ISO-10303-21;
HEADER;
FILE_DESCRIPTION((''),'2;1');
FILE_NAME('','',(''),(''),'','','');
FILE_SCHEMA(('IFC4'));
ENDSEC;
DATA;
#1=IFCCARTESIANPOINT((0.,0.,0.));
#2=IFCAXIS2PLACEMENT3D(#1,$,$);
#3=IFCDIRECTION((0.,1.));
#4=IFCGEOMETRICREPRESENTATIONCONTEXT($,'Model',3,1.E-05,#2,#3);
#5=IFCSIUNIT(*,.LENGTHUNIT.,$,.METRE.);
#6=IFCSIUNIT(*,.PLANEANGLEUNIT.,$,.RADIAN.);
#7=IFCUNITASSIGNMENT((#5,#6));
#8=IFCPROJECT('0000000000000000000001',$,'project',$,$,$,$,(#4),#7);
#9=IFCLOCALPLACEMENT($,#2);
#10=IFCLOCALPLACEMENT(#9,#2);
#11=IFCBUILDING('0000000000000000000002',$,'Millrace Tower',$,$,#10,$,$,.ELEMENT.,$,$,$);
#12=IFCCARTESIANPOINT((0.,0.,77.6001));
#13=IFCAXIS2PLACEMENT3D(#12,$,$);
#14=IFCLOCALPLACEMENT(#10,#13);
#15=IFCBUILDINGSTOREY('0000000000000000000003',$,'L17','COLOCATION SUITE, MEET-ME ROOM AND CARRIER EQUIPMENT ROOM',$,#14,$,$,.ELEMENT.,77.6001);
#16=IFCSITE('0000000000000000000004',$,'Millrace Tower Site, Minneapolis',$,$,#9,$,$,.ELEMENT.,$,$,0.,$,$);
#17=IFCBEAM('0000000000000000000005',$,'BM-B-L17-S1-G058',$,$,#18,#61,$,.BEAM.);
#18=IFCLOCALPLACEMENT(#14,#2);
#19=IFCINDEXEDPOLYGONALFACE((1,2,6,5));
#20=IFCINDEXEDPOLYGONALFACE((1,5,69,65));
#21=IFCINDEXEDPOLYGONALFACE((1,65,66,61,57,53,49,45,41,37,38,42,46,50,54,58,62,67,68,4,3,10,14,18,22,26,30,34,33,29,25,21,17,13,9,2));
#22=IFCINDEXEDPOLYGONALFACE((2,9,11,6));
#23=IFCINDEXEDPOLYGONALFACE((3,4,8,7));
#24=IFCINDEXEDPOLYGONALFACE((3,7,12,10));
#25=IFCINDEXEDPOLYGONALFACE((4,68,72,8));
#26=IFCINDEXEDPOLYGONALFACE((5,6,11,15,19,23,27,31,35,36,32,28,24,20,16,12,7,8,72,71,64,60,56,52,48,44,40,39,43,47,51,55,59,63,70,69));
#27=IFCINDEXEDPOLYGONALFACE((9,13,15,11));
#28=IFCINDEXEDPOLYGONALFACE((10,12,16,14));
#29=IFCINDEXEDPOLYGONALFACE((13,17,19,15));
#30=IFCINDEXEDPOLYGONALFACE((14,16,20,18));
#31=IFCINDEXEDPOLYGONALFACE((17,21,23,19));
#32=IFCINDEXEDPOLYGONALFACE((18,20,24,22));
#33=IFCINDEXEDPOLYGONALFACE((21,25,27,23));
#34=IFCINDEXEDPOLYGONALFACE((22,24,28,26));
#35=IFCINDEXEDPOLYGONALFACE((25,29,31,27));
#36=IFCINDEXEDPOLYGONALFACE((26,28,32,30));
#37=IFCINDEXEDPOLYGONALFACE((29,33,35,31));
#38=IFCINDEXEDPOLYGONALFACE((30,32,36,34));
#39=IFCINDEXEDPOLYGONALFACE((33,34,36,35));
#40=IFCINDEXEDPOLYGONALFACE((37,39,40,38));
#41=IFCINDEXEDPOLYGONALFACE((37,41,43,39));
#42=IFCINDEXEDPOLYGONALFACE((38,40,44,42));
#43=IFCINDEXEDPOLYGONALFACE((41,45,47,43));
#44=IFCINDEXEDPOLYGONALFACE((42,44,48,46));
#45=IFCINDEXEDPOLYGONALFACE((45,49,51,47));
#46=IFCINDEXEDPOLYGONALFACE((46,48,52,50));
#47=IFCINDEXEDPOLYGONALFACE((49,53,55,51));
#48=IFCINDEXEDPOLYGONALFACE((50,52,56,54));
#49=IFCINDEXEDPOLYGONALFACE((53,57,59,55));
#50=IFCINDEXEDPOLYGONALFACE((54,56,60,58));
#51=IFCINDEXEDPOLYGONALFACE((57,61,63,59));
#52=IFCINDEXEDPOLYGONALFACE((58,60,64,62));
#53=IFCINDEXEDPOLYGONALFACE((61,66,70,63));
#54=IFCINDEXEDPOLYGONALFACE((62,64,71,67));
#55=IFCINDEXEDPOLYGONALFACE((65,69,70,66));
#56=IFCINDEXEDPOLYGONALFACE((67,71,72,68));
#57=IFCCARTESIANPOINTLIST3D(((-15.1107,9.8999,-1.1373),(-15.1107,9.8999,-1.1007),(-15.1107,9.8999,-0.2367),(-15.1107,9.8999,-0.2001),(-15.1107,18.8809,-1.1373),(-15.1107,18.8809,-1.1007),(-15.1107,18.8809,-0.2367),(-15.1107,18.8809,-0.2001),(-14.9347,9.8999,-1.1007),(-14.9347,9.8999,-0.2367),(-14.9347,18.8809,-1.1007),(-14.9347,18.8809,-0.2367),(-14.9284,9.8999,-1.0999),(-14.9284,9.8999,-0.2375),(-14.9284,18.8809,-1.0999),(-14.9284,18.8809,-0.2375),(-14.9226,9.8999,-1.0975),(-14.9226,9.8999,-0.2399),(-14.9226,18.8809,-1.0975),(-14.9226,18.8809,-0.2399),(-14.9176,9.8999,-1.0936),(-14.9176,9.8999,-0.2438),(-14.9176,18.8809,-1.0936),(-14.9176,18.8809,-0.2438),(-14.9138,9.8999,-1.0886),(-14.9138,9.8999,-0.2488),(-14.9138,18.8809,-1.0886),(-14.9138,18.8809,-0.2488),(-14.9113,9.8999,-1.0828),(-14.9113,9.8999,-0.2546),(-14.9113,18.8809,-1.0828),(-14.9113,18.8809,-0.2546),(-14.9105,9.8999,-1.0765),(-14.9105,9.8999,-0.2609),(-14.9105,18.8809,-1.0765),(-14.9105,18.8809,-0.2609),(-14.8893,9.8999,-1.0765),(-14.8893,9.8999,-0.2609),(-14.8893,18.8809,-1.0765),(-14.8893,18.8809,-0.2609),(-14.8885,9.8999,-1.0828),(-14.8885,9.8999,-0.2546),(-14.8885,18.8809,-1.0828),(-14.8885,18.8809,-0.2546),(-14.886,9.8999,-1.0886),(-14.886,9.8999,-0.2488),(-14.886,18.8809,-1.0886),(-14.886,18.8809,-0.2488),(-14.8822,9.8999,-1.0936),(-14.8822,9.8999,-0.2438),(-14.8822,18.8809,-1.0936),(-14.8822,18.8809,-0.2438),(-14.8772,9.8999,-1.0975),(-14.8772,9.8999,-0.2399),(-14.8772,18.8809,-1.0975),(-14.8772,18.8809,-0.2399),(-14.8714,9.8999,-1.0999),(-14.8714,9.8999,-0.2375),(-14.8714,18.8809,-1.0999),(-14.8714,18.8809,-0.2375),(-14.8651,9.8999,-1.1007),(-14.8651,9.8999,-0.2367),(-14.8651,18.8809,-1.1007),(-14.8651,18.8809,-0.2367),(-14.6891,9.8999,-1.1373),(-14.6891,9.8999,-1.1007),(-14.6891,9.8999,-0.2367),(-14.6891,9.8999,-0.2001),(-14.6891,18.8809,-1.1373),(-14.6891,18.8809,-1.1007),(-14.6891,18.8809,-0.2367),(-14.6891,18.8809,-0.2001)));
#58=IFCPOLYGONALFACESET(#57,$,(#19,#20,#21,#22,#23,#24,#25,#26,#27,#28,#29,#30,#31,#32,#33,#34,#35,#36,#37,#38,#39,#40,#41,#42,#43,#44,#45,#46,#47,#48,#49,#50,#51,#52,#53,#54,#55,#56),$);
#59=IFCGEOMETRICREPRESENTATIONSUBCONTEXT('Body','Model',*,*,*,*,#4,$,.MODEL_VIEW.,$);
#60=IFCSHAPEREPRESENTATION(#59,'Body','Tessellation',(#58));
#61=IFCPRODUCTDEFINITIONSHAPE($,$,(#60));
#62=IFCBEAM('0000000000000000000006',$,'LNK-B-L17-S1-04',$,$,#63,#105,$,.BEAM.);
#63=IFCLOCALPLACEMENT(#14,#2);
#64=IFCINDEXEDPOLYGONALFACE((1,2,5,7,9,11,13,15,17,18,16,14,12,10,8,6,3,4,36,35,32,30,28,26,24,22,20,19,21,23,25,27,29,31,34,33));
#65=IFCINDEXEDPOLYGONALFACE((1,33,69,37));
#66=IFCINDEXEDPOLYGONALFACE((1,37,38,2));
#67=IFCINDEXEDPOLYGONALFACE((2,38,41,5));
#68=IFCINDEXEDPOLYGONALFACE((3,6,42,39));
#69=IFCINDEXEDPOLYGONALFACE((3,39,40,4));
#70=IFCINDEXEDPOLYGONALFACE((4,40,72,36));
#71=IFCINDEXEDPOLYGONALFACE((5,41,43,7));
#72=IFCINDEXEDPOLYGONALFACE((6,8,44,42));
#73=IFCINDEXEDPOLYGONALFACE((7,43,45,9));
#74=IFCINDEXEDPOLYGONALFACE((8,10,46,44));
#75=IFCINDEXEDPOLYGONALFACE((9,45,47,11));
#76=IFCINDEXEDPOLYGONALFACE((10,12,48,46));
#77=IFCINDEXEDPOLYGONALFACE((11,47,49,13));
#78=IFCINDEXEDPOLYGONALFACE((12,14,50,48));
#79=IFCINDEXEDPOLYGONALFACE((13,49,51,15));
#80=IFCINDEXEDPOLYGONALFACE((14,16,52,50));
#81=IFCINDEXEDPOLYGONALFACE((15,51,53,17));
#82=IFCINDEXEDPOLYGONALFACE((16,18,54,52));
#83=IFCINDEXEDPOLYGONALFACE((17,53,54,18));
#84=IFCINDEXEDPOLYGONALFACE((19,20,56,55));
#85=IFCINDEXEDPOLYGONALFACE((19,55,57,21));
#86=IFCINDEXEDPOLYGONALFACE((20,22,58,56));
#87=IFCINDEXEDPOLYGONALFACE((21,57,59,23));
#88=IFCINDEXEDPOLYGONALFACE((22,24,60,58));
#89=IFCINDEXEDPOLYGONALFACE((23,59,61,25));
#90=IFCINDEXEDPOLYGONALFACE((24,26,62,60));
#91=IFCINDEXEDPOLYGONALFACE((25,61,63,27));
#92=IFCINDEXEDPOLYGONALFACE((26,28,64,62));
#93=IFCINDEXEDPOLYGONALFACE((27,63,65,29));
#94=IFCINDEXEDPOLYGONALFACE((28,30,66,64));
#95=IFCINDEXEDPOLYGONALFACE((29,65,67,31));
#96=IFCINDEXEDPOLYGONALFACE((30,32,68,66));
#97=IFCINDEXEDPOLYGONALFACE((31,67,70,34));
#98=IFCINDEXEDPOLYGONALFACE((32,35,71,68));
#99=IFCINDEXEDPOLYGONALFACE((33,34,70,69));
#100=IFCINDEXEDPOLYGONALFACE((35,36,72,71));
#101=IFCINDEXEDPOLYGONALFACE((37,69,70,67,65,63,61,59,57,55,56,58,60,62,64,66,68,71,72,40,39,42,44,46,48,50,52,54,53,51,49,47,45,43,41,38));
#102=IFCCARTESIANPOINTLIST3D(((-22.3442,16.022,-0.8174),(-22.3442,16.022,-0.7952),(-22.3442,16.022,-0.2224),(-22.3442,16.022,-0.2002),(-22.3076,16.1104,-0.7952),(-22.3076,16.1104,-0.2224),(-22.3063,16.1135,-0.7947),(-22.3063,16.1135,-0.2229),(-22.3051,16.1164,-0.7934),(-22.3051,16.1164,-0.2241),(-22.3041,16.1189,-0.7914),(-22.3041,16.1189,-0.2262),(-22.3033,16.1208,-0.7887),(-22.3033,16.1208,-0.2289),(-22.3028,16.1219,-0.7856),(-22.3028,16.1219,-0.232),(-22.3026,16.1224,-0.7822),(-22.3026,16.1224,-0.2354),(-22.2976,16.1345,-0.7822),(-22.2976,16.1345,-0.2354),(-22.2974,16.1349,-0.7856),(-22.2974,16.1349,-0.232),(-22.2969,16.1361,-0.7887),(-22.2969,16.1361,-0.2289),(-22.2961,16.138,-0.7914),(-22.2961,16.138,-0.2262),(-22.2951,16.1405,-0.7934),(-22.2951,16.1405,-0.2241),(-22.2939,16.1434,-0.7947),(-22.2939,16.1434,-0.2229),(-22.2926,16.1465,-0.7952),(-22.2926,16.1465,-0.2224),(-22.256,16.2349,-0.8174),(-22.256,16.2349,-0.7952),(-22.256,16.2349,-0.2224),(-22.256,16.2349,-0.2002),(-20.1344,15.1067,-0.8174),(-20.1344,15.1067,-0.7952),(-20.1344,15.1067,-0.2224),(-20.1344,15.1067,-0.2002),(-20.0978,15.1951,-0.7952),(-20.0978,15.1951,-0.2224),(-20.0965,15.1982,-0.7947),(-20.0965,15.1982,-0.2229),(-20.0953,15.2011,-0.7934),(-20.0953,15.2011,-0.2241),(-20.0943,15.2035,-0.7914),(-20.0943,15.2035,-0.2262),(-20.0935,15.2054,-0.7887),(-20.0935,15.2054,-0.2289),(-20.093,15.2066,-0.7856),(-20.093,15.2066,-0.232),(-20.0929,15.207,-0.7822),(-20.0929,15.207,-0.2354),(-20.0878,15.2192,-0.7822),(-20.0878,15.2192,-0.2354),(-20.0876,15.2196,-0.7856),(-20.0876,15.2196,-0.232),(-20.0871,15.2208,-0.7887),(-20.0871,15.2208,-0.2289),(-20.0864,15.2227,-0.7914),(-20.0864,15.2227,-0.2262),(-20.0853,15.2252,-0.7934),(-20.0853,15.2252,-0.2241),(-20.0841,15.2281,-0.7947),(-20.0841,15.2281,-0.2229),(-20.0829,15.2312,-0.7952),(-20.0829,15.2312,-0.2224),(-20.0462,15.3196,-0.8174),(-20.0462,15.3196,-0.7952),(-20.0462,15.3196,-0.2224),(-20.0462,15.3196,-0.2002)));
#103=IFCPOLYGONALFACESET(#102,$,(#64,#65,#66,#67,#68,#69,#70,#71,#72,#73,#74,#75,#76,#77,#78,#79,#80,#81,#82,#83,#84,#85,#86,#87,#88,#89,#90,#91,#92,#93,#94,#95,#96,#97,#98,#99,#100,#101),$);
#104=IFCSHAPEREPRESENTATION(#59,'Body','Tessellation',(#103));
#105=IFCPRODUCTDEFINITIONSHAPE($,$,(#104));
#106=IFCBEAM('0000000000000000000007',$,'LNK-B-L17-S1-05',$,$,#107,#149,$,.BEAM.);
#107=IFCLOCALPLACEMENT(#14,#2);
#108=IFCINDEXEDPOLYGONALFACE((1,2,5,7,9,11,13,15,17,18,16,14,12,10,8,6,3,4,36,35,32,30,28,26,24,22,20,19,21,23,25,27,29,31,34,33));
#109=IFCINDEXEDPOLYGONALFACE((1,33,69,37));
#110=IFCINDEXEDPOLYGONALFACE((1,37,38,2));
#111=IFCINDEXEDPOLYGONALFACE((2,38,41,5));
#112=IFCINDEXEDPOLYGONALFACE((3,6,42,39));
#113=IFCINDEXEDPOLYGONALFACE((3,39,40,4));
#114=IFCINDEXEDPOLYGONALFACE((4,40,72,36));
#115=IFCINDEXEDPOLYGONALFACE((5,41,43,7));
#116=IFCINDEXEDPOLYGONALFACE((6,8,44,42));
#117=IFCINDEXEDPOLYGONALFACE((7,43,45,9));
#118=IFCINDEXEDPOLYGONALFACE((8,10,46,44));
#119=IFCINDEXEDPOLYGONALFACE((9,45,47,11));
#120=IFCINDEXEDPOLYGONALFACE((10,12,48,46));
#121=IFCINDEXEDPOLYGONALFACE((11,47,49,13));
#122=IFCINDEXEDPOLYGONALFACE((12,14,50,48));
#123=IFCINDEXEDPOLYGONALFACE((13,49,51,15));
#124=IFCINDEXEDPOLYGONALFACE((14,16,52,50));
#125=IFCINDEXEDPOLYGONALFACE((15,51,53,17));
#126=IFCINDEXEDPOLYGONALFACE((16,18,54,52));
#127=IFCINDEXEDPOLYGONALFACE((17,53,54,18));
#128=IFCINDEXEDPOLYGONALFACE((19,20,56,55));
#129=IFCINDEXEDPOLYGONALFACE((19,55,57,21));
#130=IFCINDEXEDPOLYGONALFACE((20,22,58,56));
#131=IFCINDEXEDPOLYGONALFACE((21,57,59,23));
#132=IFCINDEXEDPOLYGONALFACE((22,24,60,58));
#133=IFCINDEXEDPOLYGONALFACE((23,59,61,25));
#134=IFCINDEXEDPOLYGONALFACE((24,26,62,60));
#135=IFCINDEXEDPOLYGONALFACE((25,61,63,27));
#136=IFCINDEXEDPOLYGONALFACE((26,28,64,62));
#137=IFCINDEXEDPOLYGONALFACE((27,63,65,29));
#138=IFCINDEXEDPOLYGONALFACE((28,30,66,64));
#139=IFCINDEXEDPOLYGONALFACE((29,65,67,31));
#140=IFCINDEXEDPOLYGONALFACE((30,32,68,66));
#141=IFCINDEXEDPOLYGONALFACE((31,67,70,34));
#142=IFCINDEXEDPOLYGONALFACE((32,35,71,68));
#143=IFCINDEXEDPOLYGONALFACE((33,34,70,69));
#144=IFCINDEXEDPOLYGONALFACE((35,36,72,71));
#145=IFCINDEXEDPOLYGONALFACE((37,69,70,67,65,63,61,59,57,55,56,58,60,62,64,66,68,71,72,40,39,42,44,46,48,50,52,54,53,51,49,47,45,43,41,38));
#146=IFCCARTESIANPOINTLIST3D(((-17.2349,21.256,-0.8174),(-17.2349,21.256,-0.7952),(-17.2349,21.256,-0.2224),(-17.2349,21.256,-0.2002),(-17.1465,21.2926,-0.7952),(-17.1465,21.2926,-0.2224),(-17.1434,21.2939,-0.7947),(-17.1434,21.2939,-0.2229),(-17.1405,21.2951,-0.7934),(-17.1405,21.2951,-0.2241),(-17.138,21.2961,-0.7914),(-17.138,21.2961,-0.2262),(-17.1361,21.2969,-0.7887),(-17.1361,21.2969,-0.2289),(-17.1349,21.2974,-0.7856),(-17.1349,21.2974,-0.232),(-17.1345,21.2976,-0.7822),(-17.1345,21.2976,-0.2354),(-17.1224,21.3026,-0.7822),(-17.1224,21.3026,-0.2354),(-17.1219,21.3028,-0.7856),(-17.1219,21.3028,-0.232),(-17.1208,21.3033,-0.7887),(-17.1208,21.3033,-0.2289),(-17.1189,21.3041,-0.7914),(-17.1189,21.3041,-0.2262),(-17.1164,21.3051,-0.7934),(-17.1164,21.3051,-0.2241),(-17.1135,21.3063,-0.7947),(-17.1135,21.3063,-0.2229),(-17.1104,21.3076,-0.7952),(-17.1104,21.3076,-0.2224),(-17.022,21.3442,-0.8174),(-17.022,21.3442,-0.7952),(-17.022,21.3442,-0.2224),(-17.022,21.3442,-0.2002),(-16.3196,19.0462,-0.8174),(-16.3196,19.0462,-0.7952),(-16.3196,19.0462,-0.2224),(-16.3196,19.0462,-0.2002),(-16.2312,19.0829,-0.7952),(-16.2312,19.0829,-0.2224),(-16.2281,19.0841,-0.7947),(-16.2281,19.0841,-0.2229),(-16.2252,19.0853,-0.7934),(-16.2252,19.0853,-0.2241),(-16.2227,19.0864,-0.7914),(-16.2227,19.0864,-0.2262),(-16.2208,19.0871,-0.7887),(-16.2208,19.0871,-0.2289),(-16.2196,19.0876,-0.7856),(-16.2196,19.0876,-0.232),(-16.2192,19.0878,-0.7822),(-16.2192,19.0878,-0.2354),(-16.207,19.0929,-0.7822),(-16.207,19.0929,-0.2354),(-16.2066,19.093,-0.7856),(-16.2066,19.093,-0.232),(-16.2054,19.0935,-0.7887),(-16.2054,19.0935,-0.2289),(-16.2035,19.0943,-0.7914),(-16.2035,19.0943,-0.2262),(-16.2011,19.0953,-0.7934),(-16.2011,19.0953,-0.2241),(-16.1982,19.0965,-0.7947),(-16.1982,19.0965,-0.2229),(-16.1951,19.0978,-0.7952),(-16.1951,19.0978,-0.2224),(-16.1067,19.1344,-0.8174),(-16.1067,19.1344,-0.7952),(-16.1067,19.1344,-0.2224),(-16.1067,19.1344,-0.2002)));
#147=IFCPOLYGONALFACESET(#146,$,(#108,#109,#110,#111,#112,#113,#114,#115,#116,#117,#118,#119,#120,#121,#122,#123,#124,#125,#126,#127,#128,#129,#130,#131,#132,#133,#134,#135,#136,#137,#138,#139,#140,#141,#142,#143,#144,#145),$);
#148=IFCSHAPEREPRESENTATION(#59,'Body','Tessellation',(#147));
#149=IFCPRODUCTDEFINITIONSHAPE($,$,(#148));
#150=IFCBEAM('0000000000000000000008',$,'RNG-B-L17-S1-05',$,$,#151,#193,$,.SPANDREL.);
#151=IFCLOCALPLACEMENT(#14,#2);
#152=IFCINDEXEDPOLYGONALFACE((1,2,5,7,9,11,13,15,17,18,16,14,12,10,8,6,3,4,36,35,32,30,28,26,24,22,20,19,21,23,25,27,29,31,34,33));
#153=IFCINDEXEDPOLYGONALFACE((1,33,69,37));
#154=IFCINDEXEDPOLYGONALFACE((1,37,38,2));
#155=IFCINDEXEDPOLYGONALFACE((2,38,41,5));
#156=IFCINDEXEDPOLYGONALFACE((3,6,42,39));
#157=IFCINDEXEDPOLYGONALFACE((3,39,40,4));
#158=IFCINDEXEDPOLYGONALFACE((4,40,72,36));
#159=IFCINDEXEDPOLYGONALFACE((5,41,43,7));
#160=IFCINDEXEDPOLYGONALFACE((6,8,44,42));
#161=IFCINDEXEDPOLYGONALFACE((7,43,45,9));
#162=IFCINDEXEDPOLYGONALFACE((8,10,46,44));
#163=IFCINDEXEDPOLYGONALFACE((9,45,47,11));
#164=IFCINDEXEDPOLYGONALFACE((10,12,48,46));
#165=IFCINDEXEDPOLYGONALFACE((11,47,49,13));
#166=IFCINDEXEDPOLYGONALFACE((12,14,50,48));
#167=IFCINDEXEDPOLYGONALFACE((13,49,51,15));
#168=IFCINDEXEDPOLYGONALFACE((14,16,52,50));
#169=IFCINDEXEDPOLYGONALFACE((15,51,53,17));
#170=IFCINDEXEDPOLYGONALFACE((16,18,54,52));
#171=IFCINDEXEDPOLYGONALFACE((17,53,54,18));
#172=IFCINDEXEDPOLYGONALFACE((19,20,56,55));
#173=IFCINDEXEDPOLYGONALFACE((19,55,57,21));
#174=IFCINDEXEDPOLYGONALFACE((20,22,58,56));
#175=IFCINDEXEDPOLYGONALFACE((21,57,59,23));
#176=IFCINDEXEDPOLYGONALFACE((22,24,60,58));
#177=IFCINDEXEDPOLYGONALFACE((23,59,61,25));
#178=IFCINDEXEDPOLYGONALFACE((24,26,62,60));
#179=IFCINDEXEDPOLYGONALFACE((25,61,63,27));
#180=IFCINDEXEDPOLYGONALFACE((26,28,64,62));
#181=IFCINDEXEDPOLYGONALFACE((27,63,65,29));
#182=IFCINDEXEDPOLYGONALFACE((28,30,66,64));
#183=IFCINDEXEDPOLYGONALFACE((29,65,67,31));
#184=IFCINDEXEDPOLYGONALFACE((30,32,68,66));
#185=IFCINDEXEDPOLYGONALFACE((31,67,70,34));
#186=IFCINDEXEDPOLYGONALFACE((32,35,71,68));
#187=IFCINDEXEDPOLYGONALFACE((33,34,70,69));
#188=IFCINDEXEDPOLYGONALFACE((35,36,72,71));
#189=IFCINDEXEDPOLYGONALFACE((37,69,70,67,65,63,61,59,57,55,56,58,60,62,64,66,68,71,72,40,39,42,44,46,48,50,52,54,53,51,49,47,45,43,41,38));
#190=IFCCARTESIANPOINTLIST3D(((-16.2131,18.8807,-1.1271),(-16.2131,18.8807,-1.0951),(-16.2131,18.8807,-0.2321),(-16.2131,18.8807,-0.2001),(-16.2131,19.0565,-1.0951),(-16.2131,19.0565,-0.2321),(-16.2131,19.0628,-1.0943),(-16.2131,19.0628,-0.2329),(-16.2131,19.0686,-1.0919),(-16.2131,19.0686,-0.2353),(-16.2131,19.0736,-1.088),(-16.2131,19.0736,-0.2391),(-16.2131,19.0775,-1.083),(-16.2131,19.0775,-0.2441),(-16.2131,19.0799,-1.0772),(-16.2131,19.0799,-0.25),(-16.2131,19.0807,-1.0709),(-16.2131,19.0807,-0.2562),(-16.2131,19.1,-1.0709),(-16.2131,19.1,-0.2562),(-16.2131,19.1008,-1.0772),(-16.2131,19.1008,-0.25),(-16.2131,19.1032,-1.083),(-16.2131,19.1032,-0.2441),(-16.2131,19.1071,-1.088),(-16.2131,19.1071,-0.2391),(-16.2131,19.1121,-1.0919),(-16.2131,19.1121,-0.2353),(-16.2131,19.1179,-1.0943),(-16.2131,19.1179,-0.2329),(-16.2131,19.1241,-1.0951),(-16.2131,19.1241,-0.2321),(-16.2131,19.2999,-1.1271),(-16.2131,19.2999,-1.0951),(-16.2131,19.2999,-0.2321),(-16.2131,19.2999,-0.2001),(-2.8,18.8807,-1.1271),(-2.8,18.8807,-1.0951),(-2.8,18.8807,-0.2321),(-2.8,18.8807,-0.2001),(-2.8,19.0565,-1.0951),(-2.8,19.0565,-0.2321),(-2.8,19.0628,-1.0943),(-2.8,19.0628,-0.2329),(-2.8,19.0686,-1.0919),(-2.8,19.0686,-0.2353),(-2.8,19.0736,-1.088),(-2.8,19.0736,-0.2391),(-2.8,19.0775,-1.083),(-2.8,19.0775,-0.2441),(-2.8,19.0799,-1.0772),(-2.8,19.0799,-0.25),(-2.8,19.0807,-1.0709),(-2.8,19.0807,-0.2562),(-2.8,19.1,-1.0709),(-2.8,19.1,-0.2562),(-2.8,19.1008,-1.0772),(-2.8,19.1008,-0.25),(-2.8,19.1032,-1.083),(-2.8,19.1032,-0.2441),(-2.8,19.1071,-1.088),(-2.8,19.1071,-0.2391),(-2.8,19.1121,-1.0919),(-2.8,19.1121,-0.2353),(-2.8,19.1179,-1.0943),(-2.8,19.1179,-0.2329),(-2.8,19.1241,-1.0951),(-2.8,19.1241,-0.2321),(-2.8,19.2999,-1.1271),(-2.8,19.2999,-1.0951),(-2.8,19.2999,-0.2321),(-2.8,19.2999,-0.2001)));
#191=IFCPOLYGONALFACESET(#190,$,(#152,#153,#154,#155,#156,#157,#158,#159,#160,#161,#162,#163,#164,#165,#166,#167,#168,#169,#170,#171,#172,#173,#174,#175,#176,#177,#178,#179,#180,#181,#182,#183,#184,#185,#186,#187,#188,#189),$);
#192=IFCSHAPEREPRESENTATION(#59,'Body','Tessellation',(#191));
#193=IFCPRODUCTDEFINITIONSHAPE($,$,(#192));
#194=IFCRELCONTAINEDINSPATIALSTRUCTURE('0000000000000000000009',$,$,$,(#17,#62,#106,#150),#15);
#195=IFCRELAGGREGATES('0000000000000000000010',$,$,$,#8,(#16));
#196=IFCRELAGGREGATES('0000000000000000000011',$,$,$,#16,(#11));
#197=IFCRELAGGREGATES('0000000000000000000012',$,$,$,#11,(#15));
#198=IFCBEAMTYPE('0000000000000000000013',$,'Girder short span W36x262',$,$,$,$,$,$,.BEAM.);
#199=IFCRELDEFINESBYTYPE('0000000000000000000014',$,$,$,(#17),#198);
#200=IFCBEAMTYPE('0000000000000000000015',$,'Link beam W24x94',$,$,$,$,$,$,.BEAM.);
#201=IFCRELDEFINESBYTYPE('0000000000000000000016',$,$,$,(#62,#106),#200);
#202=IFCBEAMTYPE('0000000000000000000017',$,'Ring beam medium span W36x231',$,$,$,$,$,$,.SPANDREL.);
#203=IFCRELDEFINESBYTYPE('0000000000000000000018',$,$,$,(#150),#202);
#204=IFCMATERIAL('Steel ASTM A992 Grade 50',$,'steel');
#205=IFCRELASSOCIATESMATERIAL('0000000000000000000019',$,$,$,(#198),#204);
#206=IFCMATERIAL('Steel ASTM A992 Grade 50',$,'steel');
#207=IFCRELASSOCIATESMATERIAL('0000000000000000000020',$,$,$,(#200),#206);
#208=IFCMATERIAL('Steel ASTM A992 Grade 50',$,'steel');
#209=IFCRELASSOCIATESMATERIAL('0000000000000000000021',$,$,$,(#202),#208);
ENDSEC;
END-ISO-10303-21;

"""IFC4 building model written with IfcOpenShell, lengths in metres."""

from ifc_helpers import new_model, si_unit, direction, frame, origin, origin_2d, place, context, subcontext, project, spatial, i_section, extrude, material, material_profile, profile_set, type_object, element, save


model = new_model("IFC4")

# Units and contexts
model_context = context("Model", 3, precision=1e-05, world=origin(), true_north=direction((0.0, 1.0)))
body_context = subcontext(model_context, "Body", "Model", "MODEL_VIEW")
ifc_project = project(units=[si_unit("LENGTHUNIT", "METRE"), si_unit("PLANEANGLEUNIT", "RADIAN")], contexts=[model_context])

# Site, building, storey
site_placement = place(None, origin())
site = spatial("IfcSite", under=ifc_project, at=site_placement, Name="Millrace Tower Site, Minneapolis", CompositionType="ELEMENT", RefElevation=0.0)
building_placement = place(site_placement, origin())
building = spatial("IfcBuilding", under=site, at=building_placement, Name="Millrace Tower", CompositionType="ELEMENT")
storey_placement = place(building_placement, frame((0.0, 0.0, 77.6001)))
storey = spatial("IfcBuildingStorey", under=building, at=storey_placement, Name="L17", Description="COLOCATION SUITE, MEET-ME ROOM AND CARRIER EQUIPMENT ROOM", CompositionType="ELEMENT", Elevation=77.6001)

# Beams
ifc_material_1 = material(Name="Steel ASTM A992 Grade 50", Category="steel")
ifc_material_profile_1 = material_profile(ifc_material_1, i_section(OverallWidth=0.4216, OverallDepth=0.9373, WebThickness=0.0212, FlangeThickness=0.0366, FilletRadius=0.0242, at=origin_2d()))
ifc_profile_set_1 = profile_set([ifc_material_profile_1], Name="Steel ASTM A992 Grade 50")
beam_type_1 = type_object("IfcBeamType", Name="Girder short span W36x262", PredefinedType="BEAM", material=ifc_profile_set_1)
beam_1_placement = place(storey_placement, frame((-14.8999, 9.8999, -0.6687), z_axis=(0.0, 1.0, 0.0), x_axis=(-1.0, 0.0, 0.0)))
element("IfcBeam", 1, at=beam_1_placement, inside=storey, type_object=beam_type_1, Name="BM-B-L17-S1-G058", PredefinedType="BEAM", context=body_context, shape_type="SweptSolid", body=[
    extrude(i_section(OverallWidth=0.4216, OverallDepth=0.9373, WebThickness=0.0212, FlangeThickness=0.0366, FilletRadius=0.0242, at=origin_2d()), origin(), (0.0, 0.0, 1.0), 8.981),
])
ifc_material_2 = material(Name="Steel ASTM A992 Grade 50", Category="steel")
ifc_material_profile_2 = material_profile(ifc_material_2, i_section(OverallWidth=0.2305, OverallDepth=0.6172, WebThickness=0.0132, FlangeThickness=0.0222, FilletRadius=0.0129, at=origin_2d()))
ifc_profile_set_2 = profile_set([ifc_material_profile_2], Name="Steel ASTM A992 Grade 50")
beam_type_2 = type_object("IfcBeamType", Name="Link beam W24x94", PredefinedType="BEAM", material=ifc_profile_set_2)
for number, where, z_axis, x_axis, name in (
    (2, (-20.0903, 15.2131, -0.5088), (-0.923881, 0.382679, 0.0), (-0.382679, -0.923881, 0.0), "LNK-B-L17-S1-04"),
    (3, (-16.2131, 19.0903, -0.5088), (-0.382679, 0.923881, 0.0), (-0.923881, -0.382679, 0.0), "LNK-B-L17-S1-05"),
):
    element("IfcBeam", number, at=place(storey_placement, frame(where, z_axis=z_axis, x_axis=x_axis)), inside=storey, type_object=beam_type_2, Name=name, PredefinedType="BEAM", context=body_context, shape_type="SweptSolid", body=[
        extrude(i_section(OverallWidth=0.2305, OverallDepth=0.6172, WebThickness=0.0132, FlangeThickness=0.0222, FilletRadius=0.0129, at=origin_2d()), origin(), (0.0, 0.0, 1.0), 2.3918),
    ])
ifc_material_3 = material(Name="Steel ASTM A992 Grade 50", Category="steel")
ifc_material_profile_3 = material_profile(ifc_material_3, i_section(OverallWidth=0.4192, OverallDepth=0.927, WebThickness=0.0193, FlangeThickness=0.032, FilletRadius=0.0242, at=origin_2d()))
ifc_profile_set_3 = profile_set([ifc_material_profile_3], Name="Steel ASTM A992 Grade 50")
beam_type_3 = type_object("IfcBeamType", Name="Ring beam medium span W36x231", PredefinedType="SPANDREL", material=ifc_profile_set_3)
beam_2_placement = place(storey_placement, frame((-16.2131, 19.0903, -0.6636), z_axis=(1.0, 0.0, 0.0), x_axis=(0.0, 1.0, 0.0)))
element("IfcBeam", 4, at=beam_2_placement, inside=storey, type_object=beam_type_3, Name="RNG-B-L17-S1-05", PredefinedType="SPANDREL", context=body_context, shape_type="SweptSolid", body=[
    extrude(i_section(OverallWidth=0.4192, OverallDepth=0.927, WebThickness=0.0193, FlangeThickness=0.032, FilletRadius=0.0242, at=origin_2d()), origin(), (0.0, 0.0, 1.0), 13.4131),
])

save(model, "model.ifc")
